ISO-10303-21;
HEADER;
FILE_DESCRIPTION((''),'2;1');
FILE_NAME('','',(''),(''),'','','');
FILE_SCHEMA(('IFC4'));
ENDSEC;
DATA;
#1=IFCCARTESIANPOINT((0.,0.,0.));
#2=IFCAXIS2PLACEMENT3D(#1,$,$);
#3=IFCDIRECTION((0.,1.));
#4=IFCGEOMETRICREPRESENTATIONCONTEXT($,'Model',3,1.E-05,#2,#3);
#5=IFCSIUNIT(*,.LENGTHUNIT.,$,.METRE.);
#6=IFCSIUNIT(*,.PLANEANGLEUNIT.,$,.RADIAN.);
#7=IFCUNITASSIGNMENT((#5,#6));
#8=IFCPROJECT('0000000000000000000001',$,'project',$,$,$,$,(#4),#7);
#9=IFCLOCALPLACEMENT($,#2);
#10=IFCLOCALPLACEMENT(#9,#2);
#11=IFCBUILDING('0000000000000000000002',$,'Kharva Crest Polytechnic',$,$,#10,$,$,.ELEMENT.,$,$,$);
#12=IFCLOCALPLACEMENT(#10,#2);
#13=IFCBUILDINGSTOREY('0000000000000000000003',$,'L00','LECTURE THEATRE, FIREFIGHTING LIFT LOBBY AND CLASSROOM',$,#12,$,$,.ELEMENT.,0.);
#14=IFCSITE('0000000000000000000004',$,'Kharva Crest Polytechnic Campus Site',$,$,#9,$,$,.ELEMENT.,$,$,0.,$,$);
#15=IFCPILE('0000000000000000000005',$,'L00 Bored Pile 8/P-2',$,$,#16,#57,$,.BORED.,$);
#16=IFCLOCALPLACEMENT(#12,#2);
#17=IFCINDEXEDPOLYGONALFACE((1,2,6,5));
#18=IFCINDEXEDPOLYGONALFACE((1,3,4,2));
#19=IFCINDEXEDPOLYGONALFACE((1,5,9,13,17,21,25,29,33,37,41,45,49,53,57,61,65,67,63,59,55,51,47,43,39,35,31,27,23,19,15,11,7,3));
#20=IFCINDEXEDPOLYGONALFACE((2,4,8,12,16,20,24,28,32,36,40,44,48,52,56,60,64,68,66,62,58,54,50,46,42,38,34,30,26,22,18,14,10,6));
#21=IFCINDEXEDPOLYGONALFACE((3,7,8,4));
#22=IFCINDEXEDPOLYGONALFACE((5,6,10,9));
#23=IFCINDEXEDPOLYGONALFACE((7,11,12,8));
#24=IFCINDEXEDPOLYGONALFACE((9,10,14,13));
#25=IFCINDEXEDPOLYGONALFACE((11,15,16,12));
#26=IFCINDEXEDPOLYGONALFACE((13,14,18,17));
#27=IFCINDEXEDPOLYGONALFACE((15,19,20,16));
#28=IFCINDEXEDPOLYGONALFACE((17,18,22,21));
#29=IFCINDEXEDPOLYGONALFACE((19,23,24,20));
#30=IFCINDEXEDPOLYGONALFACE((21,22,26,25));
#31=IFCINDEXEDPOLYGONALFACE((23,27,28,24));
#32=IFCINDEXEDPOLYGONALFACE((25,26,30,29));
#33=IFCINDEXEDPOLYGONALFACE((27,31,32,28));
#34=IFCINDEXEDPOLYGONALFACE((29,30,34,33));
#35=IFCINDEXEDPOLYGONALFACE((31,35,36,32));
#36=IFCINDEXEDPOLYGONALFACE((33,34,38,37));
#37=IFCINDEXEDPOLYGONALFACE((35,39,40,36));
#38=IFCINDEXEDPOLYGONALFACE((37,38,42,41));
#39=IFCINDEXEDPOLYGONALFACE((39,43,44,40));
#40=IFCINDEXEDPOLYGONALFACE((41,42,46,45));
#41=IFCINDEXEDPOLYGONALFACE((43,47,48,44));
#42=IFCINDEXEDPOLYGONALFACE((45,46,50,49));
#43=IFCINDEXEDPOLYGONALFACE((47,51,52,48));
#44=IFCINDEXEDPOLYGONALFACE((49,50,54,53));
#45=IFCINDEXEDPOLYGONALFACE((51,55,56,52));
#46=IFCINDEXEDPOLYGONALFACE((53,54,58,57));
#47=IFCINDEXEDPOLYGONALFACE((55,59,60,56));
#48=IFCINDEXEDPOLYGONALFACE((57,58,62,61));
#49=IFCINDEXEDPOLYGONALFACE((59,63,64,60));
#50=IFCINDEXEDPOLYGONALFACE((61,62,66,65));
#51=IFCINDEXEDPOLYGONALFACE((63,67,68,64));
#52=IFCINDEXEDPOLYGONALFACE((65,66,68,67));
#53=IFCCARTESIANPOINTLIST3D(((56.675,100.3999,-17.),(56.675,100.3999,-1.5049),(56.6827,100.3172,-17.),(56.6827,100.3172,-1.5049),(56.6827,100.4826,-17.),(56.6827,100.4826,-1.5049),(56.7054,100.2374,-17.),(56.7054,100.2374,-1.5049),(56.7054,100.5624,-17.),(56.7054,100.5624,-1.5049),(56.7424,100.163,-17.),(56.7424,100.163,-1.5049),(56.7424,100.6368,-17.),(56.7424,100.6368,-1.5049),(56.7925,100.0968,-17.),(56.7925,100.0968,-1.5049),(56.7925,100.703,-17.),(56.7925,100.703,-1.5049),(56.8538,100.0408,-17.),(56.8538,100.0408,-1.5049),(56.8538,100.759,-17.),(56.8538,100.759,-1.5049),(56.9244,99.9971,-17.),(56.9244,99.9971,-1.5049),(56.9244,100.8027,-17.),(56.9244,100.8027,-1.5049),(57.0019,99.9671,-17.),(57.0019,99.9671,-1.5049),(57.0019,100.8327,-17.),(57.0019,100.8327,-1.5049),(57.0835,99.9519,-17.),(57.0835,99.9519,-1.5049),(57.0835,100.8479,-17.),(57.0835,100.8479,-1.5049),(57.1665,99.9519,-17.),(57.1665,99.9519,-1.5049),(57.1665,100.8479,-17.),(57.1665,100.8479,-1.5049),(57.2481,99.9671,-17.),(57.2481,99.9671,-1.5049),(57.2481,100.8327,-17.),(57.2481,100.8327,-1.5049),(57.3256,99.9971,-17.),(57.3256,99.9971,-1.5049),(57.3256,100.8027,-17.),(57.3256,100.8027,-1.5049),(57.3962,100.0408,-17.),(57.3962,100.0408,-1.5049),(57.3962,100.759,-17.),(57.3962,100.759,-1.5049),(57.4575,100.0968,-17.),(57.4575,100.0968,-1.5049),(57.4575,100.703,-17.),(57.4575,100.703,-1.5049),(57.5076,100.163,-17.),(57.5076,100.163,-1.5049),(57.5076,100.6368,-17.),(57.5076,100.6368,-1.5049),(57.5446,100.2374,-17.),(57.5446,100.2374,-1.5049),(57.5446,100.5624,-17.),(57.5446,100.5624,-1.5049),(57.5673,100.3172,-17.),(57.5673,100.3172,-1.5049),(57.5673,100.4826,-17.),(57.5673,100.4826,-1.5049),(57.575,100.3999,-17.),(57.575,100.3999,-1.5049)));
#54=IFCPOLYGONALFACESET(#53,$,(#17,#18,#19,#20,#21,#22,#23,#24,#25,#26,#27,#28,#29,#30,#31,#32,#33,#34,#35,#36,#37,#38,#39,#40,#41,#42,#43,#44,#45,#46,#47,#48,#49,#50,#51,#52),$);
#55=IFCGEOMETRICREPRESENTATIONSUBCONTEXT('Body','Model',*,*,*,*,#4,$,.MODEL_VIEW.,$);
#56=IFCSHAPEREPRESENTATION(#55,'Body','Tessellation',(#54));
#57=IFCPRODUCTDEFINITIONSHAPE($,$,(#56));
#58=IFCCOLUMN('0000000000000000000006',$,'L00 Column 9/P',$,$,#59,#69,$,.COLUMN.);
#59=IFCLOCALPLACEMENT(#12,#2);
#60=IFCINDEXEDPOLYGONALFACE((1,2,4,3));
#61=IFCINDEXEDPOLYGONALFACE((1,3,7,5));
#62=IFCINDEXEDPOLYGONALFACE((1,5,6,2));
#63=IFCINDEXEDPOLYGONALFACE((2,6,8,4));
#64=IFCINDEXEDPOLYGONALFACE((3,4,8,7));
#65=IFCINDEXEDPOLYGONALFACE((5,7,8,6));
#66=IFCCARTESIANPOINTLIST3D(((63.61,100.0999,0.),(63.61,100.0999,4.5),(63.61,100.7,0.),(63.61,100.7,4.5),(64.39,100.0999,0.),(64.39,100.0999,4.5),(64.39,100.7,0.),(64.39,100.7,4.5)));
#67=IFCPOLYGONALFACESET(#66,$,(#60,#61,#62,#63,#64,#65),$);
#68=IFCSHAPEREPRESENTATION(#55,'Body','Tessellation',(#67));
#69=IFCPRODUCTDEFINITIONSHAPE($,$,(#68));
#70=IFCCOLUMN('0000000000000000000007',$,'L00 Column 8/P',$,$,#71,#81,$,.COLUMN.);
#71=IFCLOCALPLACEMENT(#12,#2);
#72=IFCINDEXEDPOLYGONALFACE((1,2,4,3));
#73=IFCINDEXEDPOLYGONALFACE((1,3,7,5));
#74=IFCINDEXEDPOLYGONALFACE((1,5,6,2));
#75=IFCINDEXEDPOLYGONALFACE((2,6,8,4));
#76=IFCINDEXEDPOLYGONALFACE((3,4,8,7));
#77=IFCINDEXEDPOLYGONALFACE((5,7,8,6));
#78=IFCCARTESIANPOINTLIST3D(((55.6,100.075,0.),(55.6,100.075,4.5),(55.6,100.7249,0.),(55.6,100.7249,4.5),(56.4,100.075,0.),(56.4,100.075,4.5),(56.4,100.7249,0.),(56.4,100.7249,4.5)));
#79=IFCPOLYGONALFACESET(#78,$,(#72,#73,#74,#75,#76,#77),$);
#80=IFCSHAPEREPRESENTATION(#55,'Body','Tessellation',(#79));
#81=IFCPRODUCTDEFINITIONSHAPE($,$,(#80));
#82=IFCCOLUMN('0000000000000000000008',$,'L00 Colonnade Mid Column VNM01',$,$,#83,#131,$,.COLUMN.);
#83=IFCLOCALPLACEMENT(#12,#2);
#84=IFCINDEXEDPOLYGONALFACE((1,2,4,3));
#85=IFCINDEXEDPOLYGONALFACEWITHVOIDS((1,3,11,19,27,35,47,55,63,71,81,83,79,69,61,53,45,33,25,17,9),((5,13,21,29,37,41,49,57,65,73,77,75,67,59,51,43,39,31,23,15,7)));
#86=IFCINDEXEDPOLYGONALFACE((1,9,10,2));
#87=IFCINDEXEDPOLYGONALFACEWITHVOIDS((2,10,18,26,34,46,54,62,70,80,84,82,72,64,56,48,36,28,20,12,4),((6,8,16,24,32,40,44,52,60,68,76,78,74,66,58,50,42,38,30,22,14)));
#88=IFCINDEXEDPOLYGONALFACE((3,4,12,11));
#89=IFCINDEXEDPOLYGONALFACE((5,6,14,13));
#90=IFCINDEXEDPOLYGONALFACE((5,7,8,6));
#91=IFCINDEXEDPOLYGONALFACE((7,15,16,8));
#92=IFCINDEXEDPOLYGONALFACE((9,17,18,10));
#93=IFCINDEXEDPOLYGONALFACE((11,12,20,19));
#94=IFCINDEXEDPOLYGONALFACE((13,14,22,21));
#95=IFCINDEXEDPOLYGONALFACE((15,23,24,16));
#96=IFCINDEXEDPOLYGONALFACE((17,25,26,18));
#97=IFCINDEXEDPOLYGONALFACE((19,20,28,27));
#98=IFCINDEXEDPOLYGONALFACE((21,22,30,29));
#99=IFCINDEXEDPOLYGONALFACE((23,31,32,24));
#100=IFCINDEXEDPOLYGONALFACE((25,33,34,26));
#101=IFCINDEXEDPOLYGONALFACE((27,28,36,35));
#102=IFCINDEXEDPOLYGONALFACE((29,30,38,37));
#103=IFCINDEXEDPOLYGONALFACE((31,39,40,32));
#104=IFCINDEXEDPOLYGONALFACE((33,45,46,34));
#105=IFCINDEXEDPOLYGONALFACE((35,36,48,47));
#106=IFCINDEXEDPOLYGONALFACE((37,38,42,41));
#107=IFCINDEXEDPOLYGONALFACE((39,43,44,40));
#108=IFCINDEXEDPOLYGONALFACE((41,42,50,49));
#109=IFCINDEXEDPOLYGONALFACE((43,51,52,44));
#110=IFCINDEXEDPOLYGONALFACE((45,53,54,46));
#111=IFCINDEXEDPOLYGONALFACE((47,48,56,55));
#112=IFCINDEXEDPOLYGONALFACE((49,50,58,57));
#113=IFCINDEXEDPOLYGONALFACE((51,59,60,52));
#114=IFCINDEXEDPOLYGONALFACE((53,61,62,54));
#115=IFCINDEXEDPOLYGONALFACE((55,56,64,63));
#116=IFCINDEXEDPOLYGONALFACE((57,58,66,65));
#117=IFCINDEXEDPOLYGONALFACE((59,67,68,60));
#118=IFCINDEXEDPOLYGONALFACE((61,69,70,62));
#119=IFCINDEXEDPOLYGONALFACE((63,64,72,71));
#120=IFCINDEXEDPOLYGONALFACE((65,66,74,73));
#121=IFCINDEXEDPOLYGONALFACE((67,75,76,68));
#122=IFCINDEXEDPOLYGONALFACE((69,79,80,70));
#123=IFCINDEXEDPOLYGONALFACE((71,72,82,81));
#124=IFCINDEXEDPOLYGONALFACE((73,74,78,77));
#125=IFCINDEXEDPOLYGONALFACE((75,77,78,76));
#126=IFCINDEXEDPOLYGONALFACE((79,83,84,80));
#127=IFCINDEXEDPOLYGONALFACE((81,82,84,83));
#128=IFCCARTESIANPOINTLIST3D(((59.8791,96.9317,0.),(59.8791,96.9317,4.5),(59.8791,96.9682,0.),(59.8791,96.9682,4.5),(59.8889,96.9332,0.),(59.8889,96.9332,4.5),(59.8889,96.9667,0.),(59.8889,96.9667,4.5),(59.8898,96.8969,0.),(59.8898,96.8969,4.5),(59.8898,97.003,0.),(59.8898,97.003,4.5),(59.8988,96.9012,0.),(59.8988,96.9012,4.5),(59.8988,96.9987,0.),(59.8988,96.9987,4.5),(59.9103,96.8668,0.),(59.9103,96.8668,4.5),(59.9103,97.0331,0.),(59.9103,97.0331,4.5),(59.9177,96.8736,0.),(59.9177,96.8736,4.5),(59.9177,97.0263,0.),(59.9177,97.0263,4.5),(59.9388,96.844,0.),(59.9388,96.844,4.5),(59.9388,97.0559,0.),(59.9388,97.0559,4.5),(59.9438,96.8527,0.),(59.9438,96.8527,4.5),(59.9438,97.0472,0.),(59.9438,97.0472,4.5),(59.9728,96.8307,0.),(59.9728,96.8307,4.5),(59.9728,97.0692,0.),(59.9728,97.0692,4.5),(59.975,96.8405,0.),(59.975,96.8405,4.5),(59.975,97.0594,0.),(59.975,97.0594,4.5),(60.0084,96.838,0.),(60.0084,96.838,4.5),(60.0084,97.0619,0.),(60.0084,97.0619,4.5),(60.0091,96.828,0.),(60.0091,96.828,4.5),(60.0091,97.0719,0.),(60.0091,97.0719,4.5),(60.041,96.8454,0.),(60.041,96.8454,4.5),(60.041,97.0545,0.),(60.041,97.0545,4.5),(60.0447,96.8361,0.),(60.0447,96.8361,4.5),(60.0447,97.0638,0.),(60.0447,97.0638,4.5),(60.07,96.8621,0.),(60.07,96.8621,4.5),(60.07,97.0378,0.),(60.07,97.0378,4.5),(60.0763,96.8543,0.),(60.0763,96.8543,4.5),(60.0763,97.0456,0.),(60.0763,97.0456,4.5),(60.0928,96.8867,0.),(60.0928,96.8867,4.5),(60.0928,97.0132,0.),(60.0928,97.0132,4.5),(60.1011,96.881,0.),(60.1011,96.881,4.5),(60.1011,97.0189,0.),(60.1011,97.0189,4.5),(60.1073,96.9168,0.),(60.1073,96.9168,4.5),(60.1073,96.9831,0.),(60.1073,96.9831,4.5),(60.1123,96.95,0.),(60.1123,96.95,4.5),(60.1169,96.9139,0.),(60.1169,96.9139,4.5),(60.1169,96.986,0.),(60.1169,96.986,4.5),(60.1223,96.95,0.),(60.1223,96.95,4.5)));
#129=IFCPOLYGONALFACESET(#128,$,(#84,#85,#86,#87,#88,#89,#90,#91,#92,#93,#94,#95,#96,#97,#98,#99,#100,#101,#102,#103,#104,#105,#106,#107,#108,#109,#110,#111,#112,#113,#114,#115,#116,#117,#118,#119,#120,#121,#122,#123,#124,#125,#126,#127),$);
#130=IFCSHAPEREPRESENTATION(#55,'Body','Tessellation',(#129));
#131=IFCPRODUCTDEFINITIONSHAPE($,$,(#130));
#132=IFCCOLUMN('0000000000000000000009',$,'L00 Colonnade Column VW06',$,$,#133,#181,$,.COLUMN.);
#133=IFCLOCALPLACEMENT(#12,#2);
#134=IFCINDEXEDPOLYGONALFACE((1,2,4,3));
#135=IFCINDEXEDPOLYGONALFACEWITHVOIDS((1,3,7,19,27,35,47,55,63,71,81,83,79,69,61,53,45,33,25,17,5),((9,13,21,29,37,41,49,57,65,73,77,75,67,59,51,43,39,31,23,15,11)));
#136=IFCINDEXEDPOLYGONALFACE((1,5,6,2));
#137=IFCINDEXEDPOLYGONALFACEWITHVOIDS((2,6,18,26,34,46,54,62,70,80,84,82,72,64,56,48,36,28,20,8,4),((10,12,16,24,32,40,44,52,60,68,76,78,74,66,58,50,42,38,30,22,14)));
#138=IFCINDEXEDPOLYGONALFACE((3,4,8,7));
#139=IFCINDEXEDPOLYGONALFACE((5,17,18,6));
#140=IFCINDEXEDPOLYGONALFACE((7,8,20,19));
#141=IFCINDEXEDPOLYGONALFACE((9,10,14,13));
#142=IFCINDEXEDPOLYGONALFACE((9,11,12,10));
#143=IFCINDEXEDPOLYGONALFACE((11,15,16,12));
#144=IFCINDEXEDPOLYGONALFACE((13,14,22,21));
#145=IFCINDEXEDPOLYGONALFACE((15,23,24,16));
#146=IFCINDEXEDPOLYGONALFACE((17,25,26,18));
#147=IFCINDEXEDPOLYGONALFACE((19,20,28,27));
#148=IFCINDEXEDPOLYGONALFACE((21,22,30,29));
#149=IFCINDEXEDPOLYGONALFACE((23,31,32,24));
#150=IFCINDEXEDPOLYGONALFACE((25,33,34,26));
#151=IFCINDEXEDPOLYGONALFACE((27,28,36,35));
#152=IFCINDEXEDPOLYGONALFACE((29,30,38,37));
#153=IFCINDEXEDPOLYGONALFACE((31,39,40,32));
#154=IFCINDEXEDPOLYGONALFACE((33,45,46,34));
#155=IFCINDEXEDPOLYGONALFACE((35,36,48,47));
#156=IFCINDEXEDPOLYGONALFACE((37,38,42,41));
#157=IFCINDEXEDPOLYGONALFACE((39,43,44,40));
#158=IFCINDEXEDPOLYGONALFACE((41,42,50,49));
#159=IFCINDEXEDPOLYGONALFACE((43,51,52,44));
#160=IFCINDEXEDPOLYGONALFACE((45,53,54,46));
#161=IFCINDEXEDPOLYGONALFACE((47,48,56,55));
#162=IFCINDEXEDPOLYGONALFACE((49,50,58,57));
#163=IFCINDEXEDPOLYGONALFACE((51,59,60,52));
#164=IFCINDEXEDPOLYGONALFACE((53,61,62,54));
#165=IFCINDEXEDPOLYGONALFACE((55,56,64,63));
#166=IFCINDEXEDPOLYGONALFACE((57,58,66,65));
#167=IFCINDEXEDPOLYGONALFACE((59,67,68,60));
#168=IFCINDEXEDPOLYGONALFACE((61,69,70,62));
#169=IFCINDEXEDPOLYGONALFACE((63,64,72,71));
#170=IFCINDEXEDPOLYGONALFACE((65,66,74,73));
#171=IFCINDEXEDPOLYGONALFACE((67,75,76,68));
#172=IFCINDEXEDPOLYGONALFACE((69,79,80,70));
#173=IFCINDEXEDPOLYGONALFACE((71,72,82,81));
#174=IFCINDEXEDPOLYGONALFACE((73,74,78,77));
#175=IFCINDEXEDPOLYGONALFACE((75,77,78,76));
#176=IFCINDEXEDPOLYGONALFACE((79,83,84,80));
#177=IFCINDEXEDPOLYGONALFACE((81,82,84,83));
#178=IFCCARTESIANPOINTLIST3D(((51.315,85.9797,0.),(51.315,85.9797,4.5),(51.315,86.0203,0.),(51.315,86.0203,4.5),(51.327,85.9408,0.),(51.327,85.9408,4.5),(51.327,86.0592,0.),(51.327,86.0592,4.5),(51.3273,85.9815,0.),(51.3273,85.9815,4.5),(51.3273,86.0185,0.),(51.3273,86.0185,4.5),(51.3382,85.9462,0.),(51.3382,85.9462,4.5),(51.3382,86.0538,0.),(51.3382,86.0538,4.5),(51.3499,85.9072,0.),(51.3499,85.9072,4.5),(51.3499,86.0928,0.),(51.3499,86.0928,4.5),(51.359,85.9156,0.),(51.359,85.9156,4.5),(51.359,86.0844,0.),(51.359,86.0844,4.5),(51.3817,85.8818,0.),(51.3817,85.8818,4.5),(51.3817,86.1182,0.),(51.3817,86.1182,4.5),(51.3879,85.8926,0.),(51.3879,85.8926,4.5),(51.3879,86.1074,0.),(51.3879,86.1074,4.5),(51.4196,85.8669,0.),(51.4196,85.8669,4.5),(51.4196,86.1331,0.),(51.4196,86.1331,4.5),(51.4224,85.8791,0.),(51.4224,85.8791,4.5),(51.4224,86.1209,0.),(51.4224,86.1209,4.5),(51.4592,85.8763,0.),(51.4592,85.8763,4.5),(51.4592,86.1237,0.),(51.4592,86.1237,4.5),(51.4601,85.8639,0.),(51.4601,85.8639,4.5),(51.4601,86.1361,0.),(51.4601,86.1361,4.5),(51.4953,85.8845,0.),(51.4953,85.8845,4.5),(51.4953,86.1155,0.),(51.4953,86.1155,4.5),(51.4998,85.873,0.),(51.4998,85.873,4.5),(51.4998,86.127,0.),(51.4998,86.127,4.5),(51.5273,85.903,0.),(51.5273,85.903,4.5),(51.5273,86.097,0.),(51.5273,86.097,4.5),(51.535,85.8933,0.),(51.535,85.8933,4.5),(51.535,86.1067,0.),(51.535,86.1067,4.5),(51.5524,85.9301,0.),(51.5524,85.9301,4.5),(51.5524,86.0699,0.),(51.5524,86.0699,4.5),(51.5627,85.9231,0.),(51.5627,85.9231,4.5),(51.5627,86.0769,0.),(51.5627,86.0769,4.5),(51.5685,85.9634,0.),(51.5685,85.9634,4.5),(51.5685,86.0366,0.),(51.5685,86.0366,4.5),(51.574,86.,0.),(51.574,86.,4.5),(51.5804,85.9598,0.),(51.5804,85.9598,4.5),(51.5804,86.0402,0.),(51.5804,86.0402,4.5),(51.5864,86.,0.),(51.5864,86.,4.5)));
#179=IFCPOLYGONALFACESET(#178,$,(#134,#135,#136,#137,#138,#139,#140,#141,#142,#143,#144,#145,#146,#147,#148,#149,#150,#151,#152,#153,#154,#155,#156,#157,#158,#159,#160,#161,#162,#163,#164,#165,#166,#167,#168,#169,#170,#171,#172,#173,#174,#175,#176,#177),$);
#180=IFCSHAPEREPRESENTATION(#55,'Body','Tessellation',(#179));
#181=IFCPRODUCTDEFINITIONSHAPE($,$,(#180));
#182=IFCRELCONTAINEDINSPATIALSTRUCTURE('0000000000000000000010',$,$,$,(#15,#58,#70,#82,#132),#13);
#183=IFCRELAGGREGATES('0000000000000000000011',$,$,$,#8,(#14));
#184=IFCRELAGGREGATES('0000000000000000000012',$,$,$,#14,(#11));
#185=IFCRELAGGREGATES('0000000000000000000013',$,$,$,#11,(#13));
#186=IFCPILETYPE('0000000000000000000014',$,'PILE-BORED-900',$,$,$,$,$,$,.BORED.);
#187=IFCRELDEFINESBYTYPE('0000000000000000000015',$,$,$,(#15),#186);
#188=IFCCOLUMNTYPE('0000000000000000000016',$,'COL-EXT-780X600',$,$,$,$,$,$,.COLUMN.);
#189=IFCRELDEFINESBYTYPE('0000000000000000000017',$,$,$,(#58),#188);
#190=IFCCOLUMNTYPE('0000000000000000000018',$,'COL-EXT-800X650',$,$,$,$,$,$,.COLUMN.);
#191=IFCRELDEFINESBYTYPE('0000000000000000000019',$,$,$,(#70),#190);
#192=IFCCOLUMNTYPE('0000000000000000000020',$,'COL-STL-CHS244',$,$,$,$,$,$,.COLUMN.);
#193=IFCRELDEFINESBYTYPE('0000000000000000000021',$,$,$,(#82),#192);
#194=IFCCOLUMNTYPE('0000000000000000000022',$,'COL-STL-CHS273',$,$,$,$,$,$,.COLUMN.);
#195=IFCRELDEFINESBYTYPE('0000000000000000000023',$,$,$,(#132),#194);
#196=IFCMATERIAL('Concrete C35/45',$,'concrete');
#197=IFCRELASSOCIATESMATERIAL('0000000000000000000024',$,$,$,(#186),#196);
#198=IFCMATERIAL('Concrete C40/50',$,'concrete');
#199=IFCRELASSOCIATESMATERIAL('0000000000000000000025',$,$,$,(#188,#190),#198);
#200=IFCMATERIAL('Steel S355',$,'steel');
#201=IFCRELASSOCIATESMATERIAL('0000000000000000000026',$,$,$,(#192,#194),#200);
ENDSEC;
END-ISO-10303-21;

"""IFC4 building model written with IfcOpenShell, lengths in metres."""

from ifc_helpers import new_model, si_unit, direction, frame, origin, origin_2d, place, context, subcontext, project, spatial, rectangle, circle, hollow_circle, extrude, material, material_profile, profile_set, type_object, element, save


model = new_model("IFC4")

# Units and contexts
model_context = context("Model", 3, precision=1e-05, world=origin(), true_north=direction((0.0, 1.0)))
body_context = subcontext(model_context, "Body", "Model", "MODEL_VIEW")
ifc_project = project(units=[si_unit("LENGTHUNIT", "METRE"), si_unit("PLANEANGLEUNIT", "RADIAN")], contexts=[model_context])

# Site, building, storey
site_placement = place(None, origin())
site = spatial("IfcSite", under=ifc_project, at=site_placement, Name="Kharva Crest Polytechnic Campus Site", CompositionType="ELEMENT", RefElevation=0.0)
building_placement = place(site_placement, origin())
building = spatial("IfcBuilding", under=site, at=building_placement, Name="Kharva Crest Polytechnic", CompositionType="ELEMENT")
storey_placement = place(building_placement, origin())
storey = spatial("IfcBuildingStorey", under=building, at=storey_placement, Name="L00", Description="LECTURE THEATRE, FIREFIGHTING LIFT LOBBY AND CLASSROOM", CompositionType="ELEMENT", Elevation=0.0)

# Shared definitions
ifc_material_1 = material(Name="Concrete C35/45", Category="concrete")

# Pile
ifc_material_profile_1 = material_profile(ifc_material_1, circle(Radius=0.45, at=origin_2d()), Name="DIA 900")
ifc_profile_set_1 = profile_set([ifc_material_profile_1], Name="Concrete C35/45")
pile_type_1 = type_object("IfcPileType", Name="PILE-BORED-900", PredefinedType="BORED", material=ifc_profile_set_1)
for number, where, z_axis, x_axis, name in (
    (1, (57.125, 100.3999, -1.5049), (0.0, 0.0, -1.0), (1.0, 0.0, 0.0), "L00 Bored Pile 8/P-2"),
):
    element("IfcPile", number, at=place(storey_placement, frame(where, z_axis=z_axis, x_axis=x_axis)), inside=storey, type_object=pile_type_1, Name=name, PredefinedType="BORED", context=body_context, shape_type="SweptSolid", body=[
        extrude(circle(Radius=0.45, at=origin_2d()), origin(), (0.0, 0.0, 1.0), 15.4951),
    ])

# Columns
ifc_material_2 = material(Name="Concrete C40/50", Category="concrete")
ifc_material_profile_2 = material_profile(ifc_material_2, rectangle(XDim=0.78, YDim=0.6001, at=origin_2d()), Name="RECT 780 X 600")
ifc_profile_set_2 = profile_set([ifc_material_profile_2], Name="Concrete C40/50")
column_type_1 = type_object("IfcColumnType", Name="COL-EXT-780X600", PredefinedType="COLUMN", material=ifc_profile_set_2)
column_1_placement = place(storey_placement, frame((64.0, 100.3999, 0.0), z_axis=(0.0, 0.0, 1.0), x_axis=(1.0, 0.0, 0.0)))
element("IfcColumn", 2, at=column_1_placement, inside=storey, type_object=column_type_1, Name="L00 Column 9/P", PredefinedType="COLUMN", context=body_context, shape_type="SweptSolid", body=[
    extrude(rectangle(XDim=0.78, YDim=0.6001, at=origin_2d()), origin(), (0.0, 0.0, 1.0), 4.5),
])
ifc_material_profile_3 = material_profile(ifc_material_2, rectangle(XDim=0.8, YDim=0.6499, at=origin_2d()), Name="RECT 800 X 650")
ifc_profile_set_3 = profile_set([ifc_material_profile_3], Name="Concrete C40/50")
column_type_2 = type_object("IfcColumnType", Name="COL-EXT-800X650", PredefinedType="COLUMN", material=ifc_profile_set_3)
column_2_placement = place(storey_placement, frame((56.0, 100.3999, 0.0), z_axis=(0.0, 0.0, 1.0), x_axis=(1.0, 0.0, 0.0)))
element("IfcColumn", 3, at=column_2_placement, inside=storey, type_object=column_type_2, Name="L00 Column 8/P", PredefinedType="COLUMN", context=body_context, shape_type="SweptSolid", body=[
    extrude(rectangle(XDim=0.8, YDim=0.6499, at=origin_2d()), origin(), (0.0, 0.0, 1.0), 4.5),
])
ifc_material_3 = material(Name="Steel S355", Category="steel")
ifc_material_profile_4 = material_profile(ifc_material_3, hollow_circle(Radius=0.1223, WallThickness=0.01, at=origin_2d()), Name="CHS 244.5X10.0")
ifc_profile_set_4 = profile_set([ifc_material_profile_4], Name="Steel S355")
column_type_3 = type_object("IfcColumnType", Name="COL-STL-CHS244", PredefinedType="COLUMN", material=ifc_profile_set_4)
column_3_placement = place(storey_placement, frame((60.0, 96.95, 0.0), z_axis=(0.0, 0.0, 1.0), x_axis=(1.0, 0.0, 0.0)))
element("IfcColumn", 4, at=column_3_placement, inside=storey, type_object=column_type_3, Name="L00 Colonnade Mid Column VNM01", PredefinedType="COLUMN", context=body_context, shape_type="SweptSolid", body=[
    extrude(hollow_circle(Radius=0.1223, WallThickness=0.01, at=origin_2d()), origin(), (0.0, 0.0, 1.0), 4.5),
])
ifc_material_profile_5 = material_profile(ifc_material_3, hollow_circle(Radius=0.1365, WallThickness=0.0125, at=origin_2d()), Name="CHS 273.0X12.5")
ifc_profile_set_5 = profile_set([ifc_material_profile_5], Name="Steel S355")
column_type_4 = type_object("IfcColumnType", Name="COL-STL-CHS273", PredefinedType="COLUMN", material=ifc_profile_set_5)
for number, where, z_axis, x_axis, name in (
    (5, (51.45, 86.0, 0.0), (0.0, 0.0, 1.0), (1.0, 0.0, 0.0), "L00 Colonnade Column VW06"),
):
    element("IfcColumn", number, at=place(storey_placement, frame(where, z_axis=z_axis, x_axis=x_axis)), inside=storey, type_object=column_type_4, Name=name, PredefinedType="COLUMN", context=body_context, shape_type="SweptSolid", body=[
        extrude(hollow_circle(Radius=0.1365, WallThickness=0.0125, at=origin_2d()), origin(), (0.0, 0.0, 1.0), 4.5),
    ])

save(model, "model.ifc")
